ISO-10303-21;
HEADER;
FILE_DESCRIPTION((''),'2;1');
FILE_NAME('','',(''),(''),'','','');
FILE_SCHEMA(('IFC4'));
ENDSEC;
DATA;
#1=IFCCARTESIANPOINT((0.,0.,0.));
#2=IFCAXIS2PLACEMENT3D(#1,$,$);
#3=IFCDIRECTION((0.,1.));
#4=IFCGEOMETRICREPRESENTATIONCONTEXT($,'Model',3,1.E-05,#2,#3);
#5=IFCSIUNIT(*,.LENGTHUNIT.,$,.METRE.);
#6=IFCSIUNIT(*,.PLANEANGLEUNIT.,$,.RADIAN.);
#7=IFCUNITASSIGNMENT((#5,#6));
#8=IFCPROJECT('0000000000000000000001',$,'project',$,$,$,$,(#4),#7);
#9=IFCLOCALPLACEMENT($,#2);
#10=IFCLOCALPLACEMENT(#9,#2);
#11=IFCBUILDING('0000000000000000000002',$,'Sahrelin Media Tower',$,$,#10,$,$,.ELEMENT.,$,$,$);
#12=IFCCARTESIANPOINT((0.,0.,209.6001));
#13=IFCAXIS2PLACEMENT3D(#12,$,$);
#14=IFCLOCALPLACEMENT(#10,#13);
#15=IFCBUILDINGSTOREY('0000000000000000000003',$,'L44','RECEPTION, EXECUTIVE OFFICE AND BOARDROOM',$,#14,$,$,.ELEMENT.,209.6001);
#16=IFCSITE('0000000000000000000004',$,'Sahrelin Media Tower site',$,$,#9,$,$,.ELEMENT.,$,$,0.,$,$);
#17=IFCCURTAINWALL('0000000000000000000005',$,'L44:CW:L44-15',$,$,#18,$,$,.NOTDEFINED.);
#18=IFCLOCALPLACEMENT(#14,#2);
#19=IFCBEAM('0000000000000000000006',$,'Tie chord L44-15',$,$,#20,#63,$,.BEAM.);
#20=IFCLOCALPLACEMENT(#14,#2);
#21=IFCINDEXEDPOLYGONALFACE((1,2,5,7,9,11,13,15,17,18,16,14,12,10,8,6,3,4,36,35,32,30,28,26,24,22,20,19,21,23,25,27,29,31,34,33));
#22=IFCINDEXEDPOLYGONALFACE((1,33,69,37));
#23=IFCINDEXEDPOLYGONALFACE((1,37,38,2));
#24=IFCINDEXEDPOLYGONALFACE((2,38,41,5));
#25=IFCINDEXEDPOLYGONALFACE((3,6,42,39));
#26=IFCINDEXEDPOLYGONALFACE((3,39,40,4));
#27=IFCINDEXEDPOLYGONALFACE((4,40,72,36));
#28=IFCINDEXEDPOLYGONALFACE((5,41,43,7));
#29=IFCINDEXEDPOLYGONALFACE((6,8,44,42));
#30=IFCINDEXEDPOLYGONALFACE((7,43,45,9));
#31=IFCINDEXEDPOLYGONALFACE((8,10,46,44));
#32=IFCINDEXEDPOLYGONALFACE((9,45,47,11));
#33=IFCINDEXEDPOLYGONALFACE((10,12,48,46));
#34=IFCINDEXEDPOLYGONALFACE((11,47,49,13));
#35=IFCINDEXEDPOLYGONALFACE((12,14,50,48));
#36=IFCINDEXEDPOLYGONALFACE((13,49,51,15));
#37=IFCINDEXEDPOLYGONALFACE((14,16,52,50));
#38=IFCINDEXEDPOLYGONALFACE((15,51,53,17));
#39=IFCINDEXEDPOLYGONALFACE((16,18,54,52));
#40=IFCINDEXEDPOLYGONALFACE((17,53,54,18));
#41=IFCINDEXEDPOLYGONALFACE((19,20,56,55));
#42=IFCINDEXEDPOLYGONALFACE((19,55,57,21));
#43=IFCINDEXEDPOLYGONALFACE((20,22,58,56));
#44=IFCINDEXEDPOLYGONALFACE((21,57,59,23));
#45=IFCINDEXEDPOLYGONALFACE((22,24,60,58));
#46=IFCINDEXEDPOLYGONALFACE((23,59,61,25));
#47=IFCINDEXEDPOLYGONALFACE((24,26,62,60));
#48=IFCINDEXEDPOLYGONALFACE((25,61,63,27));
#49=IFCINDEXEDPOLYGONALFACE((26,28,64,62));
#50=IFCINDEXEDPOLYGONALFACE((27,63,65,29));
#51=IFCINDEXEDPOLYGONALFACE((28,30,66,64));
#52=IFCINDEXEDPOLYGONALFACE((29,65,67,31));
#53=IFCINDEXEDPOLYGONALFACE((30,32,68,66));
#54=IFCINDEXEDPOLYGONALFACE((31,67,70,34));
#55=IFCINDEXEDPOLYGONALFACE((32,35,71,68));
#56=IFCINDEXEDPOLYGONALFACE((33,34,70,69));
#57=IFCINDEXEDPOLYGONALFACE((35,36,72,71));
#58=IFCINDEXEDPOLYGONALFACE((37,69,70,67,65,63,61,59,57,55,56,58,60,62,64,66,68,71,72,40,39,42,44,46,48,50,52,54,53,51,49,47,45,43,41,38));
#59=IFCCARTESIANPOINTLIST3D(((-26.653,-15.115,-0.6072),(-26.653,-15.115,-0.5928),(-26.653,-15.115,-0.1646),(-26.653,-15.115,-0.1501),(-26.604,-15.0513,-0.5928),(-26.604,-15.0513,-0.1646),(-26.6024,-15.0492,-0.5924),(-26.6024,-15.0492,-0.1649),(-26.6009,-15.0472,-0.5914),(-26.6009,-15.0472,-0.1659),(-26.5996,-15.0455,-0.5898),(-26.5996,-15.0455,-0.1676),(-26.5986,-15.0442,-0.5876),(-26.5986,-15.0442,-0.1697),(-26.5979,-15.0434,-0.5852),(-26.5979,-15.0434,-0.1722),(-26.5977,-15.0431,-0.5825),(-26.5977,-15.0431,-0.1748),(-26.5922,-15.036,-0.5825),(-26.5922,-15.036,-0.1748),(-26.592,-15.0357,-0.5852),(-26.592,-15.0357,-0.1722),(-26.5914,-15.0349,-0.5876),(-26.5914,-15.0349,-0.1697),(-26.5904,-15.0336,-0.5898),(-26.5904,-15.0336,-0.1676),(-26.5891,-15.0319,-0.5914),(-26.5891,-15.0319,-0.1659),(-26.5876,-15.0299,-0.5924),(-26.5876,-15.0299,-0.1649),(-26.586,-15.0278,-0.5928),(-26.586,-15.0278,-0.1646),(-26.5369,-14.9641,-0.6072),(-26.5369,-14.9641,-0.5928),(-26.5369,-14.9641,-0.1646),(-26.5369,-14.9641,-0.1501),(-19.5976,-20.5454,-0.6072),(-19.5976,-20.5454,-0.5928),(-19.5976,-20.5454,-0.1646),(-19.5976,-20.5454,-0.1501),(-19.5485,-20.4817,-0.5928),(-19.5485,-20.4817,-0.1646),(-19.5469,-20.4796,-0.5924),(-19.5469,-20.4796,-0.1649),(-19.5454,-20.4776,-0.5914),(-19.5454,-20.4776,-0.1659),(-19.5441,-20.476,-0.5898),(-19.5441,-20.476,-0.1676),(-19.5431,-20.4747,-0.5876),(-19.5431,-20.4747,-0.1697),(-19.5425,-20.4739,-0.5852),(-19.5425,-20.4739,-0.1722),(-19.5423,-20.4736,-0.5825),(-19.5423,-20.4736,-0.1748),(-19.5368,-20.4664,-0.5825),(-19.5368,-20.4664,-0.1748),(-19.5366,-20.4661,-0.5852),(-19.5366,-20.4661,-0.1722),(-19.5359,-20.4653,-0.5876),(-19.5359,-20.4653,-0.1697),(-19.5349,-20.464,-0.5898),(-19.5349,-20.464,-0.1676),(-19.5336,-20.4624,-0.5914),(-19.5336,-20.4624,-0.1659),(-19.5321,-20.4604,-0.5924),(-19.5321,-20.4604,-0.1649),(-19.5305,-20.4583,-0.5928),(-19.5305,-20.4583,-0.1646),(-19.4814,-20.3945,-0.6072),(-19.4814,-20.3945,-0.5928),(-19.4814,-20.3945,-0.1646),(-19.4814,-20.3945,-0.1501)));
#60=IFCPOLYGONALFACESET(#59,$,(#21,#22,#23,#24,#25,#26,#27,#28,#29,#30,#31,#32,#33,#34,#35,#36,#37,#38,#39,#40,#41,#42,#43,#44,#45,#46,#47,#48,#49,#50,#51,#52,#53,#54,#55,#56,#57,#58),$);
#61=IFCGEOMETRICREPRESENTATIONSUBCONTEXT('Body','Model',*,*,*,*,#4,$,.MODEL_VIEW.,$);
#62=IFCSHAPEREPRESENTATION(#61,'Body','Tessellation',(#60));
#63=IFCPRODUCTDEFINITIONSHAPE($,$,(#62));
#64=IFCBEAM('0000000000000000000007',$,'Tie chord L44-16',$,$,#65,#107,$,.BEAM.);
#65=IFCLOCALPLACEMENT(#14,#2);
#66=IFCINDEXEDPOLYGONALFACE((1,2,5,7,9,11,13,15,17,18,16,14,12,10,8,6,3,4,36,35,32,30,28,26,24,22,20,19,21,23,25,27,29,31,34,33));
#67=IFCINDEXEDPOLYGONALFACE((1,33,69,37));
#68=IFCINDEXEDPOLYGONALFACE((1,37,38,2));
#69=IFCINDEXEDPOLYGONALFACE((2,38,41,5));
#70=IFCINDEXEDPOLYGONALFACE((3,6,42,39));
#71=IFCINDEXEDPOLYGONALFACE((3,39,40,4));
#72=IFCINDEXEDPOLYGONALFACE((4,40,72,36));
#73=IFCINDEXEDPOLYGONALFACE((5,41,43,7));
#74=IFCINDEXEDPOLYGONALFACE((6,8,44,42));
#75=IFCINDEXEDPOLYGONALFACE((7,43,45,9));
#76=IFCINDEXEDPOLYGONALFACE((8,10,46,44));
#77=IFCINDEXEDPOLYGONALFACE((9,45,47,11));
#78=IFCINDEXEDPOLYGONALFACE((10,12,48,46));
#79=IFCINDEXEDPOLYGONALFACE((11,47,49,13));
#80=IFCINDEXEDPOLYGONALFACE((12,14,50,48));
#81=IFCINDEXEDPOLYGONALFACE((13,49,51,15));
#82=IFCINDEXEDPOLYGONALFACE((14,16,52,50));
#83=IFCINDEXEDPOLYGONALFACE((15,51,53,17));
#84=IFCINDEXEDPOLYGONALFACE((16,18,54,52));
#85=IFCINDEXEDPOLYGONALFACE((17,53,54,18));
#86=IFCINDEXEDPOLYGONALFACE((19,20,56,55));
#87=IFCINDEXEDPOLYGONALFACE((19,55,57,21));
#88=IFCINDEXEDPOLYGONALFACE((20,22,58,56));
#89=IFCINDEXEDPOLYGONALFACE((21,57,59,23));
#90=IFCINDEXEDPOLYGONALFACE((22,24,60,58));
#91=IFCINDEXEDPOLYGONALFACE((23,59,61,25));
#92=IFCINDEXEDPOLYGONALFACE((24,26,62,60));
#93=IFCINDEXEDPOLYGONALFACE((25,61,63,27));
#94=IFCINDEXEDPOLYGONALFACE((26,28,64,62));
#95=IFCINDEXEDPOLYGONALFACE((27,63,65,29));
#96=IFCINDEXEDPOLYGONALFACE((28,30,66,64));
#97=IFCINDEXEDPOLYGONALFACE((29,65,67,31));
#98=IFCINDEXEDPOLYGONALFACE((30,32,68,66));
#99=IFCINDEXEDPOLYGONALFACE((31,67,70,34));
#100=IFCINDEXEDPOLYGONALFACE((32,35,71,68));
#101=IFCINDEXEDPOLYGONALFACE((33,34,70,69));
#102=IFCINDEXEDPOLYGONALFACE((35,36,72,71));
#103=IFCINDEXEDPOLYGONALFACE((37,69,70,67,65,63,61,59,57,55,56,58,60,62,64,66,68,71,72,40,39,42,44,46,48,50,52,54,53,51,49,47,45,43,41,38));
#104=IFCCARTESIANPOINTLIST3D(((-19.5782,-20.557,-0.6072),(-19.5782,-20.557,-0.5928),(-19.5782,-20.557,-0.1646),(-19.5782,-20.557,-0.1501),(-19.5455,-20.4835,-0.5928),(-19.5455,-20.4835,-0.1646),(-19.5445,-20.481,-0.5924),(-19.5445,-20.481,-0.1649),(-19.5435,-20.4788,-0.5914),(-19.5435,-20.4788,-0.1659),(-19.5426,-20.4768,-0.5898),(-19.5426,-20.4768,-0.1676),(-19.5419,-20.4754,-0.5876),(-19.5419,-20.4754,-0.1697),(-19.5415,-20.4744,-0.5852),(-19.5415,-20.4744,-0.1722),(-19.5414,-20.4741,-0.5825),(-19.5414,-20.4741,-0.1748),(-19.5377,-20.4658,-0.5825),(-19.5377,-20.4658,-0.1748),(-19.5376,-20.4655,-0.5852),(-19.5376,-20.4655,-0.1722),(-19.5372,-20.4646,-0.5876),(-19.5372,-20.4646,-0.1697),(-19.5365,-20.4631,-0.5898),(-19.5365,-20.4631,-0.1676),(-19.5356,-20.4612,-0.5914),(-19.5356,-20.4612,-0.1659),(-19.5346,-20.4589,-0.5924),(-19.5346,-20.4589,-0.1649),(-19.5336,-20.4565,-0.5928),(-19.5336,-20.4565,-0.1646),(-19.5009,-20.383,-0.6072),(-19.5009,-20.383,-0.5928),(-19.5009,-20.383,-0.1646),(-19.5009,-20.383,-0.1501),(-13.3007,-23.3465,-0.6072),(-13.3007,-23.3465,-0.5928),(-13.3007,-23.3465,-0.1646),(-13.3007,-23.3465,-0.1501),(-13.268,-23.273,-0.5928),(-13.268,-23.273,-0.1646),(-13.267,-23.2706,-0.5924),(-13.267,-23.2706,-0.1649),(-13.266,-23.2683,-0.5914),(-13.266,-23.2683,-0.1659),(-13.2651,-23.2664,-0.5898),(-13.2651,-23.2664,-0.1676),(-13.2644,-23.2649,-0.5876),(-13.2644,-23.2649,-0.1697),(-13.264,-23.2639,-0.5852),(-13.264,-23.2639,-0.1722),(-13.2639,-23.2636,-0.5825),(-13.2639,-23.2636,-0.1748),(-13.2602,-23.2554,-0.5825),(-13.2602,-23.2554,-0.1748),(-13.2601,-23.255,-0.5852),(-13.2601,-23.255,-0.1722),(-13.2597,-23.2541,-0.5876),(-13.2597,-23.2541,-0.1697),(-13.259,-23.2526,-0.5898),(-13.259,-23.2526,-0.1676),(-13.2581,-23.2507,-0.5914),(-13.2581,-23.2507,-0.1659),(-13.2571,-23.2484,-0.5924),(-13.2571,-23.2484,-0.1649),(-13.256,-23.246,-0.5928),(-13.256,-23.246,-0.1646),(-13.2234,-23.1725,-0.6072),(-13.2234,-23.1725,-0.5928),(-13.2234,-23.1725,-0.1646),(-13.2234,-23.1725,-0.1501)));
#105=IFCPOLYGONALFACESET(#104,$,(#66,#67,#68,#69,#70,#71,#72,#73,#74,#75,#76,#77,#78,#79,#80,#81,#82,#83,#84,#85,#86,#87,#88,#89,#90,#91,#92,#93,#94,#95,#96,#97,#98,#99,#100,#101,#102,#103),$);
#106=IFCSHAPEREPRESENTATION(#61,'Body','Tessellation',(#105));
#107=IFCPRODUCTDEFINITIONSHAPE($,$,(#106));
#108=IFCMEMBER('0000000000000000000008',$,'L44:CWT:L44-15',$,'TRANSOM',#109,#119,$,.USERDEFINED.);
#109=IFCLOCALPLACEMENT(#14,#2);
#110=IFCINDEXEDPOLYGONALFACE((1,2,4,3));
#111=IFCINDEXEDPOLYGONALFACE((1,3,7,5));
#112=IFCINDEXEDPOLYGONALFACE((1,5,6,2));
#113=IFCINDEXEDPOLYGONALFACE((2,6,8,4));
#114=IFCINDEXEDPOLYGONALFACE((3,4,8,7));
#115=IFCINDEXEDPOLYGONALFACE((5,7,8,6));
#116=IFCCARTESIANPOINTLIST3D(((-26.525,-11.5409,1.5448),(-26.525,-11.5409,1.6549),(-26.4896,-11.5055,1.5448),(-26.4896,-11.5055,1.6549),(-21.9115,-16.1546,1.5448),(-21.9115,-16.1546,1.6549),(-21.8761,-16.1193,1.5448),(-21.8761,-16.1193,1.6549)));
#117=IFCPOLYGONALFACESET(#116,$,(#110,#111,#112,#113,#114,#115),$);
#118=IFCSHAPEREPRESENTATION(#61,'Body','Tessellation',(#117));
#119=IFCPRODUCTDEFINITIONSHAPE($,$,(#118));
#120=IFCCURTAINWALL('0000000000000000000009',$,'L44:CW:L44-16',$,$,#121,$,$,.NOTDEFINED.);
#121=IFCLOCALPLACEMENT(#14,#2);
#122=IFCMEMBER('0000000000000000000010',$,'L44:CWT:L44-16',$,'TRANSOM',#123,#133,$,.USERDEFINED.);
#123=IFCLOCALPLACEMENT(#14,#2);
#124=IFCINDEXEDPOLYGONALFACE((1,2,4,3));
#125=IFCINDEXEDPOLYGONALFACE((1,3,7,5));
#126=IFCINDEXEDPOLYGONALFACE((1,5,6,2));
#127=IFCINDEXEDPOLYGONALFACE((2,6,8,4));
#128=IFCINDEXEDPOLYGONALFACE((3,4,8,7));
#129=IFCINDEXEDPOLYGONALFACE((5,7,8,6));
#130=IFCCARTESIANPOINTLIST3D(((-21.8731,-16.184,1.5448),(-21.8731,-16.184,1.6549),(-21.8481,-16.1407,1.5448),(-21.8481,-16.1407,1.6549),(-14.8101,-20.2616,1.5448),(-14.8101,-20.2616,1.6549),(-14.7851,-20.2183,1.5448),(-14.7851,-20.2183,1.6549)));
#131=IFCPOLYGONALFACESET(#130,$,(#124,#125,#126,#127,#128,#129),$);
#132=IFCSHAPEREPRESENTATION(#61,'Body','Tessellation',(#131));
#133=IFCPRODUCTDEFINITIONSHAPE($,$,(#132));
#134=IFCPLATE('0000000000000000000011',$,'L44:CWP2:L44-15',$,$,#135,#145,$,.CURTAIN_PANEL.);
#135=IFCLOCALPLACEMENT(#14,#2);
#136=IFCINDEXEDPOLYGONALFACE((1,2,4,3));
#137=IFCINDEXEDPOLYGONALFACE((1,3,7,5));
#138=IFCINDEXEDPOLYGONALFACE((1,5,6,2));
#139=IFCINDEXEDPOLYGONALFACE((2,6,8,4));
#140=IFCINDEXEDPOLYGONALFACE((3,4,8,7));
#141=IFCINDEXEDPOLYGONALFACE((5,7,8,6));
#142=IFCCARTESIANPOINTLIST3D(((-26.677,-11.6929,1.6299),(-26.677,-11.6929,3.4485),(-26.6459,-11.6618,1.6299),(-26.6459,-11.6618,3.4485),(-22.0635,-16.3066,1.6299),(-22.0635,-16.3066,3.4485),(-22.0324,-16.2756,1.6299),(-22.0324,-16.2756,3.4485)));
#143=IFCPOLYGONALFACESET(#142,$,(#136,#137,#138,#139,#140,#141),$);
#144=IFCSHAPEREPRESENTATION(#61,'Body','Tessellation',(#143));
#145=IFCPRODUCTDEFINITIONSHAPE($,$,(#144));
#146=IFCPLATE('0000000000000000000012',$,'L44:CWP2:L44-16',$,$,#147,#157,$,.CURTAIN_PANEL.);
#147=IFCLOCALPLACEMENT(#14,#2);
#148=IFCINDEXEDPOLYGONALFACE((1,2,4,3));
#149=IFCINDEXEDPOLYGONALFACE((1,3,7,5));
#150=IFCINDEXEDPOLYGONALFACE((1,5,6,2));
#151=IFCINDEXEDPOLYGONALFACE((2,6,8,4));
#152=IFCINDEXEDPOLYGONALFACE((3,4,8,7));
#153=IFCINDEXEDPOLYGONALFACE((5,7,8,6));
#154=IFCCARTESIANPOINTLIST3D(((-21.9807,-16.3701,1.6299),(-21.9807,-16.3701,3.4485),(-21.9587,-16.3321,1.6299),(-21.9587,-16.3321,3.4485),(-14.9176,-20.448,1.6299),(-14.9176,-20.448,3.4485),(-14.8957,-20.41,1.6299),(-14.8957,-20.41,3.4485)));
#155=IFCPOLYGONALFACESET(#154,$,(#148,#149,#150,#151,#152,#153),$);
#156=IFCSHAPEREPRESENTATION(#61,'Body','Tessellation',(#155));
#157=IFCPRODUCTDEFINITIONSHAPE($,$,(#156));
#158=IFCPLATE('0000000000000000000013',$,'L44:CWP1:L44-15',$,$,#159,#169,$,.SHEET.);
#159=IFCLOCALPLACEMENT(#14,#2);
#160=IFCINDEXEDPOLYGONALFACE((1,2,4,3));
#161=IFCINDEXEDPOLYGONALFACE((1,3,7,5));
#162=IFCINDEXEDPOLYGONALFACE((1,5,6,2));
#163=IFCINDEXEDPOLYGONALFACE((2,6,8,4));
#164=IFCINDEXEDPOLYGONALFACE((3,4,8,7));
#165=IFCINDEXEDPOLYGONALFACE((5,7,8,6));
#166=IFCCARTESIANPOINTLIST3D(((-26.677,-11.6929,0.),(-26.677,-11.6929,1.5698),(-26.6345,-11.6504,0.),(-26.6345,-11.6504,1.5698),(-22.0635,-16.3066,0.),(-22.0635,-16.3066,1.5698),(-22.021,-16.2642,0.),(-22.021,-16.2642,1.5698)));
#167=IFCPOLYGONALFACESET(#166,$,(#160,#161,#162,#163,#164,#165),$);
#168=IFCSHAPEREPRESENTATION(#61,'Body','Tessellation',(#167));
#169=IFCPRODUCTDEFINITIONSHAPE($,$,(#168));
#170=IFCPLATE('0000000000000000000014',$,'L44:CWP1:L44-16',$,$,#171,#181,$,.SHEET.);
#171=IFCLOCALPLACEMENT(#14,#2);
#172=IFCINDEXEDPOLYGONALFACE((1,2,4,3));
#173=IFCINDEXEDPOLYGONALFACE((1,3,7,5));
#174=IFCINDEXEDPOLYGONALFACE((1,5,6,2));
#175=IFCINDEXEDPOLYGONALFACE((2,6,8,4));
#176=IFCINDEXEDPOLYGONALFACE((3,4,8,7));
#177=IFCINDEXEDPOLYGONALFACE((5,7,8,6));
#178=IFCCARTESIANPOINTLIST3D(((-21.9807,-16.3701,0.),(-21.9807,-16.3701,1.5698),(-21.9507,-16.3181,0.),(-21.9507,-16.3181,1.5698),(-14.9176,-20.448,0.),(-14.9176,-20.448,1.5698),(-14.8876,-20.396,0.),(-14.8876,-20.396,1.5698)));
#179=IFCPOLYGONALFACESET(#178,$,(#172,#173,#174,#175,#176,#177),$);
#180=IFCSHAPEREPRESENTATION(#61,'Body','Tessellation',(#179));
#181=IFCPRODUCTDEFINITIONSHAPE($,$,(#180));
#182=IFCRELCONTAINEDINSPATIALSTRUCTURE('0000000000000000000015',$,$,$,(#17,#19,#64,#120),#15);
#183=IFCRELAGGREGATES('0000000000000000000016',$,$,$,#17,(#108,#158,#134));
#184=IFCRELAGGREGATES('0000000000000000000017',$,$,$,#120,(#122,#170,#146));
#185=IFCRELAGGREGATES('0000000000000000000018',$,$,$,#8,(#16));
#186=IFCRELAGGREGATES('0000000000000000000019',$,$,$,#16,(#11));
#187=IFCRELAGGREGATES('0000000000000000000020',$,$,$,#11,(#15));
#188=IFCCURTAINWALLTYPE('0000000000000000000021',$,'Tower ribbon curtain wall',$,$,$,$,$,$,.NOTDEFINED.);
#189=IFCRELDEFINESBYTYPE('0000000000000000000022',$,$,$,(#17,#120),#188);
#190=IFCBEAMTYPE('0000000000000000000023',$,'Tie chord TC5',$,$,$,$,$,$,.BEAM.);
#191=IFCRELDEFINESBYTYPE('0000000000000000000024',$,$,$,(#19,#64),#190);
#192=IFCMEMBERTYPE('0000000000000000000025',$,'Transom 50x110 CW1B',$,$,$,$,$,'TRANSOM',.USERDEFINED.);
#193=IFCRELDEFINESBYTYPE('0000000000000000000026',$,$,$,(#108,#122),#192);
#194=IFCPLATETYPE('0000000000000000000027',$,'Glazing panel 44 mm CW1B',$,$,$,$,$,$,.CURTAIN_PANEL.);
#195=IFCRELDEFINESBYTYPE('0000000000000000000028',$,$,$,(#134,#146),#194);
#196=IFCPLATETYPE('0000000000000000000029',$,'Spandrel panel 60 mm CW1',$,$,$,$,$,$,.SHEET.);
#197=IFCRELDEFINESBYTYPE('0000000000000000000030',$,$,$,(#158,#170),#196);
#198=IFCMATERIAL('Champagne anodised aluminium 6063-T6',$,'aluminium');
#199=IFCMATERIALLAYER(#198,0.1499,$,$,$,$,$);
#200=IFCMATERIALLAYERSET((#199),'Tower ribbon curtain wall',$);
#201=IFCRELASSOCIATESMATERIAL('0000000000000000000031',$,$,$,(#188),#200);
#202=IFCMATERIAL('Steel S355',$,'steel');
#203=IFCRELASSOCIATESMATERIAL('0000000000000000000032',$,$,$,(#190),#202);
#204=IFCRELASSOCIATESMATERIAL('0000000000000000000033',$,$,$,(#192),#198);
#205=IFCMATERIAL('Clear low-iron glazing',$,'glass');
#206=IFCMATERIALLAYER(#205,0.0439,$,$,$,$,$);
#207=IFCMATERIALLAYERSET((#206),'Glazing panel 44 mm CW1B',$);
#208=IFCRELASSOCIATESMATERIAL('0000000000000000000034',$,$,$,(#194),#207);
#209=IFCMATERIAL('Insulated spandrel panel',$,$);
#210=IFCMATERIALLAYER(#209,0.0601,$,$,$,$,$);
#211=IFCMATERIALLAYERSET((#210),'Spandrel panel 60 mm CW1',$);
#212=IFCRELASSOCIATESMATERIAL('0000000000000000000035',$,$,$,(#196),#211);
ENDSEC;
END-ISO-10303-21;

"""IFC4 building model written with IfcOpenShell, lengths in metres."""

from ifc_helpers import new_model, si_unit, direction, frame, origin, origin_2d, place, context, subcontext, project, spatial, polyline, rectangle, i_section, outline, extrude, material, layer, layer_set, material_profile, profile_set, type_object, element, aggregate, save


model = new_model("IFC4")

# Units and contexts
model_context = context("Model", 3, precision=1e-05, world=origin(), true_north=direction((0.0, 1.0)))
body_context = subcontext(model_context, "Body", "Model", "MODEL_VIEW")
ifc_project = project(units=[si_unit("LENGTHUNIT", "METRE"), si_unit("PLANEANGLEUNIT", "RADIAN")], contexts=[model_context])

# Site, building, storey
site_placement = place(None, origin())
site = spatial("IfcSite", under=ifc_project, at=site_placement, Name="Sahrelin Media Tower site", CompositionType="ELEMENT", RefElevation=0.0)
building_placement = place(site_placement, origin())
building = spatial("IfcBuilding", under=site, at=building_placement, Name="Sahrelin Media Tower", CompositionType="ELEMENT")
storey_placement = place(building_placement, frame((0.0, 0.0, 209.6001)))
storey = spatial("IfcBuildingStorey", under=building, at=storey_placement, Name="L44", Description="RECEPTION, EXECUTIVE OFFICE AND BOARDROOM", CompositionType="ELEMENT", Elevation=209.6001)

# Shared definitions
ifc_material_1 = material(Name="Steel S355", Category="steel")

# Curtain wall
ifc_material_2 = material(Name="Champagne anodised aluminium 6063-T6", Category="aluminium")
ifc_layer_1 = layer(ifc_material_2, 0.1499)
ifc_layer_set_1 = layer_set([ifc_layer_1], Name="Tower ribbon curtain wall")
curtain_wall_type = type_object("IfcCurtainWallType", Name="Tower ribbon curtain wall", PredefinedType="NOTDEFINED", material=ifc_layer_set_1)
curtain_wall_1_placement = place(storey_placement, frame((-24.3562, -13.9856, 0.0), z_axis=(0.0, 0.0, 1.0), x_axis=(1.0, 0.0, 0.0)))
curtain_wall_1 = element("IfcCurtainWall", 1, at=curtain_wall_1_placement, inside=storey, type_object=curtain_wall_type, Name="L44:CW:L44-15", PredefinedType="NOTDEFINED")

# Beams
ifc_material_profile_1 = material_profile(ifc_material_1, i_section(OverallWidth=0.1904, OverallDepth=0.457, WebThickness=0.009, FlangeThickness=0.0144, FilletRadius=0.0103, at=origin_2d()), Name="UB 457x191x74")
ifc_profile_set_1 = profile_set([ifc_material_profile_1], Name="Steel S355")
beam_type_1 = type_object("IfcBeamType", Name="Tie chord TC5", PredefinedType="BEAM", material=ifc_profile_set_1)
beam_1_placement = place(storey_placement, frame((-26.595, -15.0396, -0.3787), z_axis=(0.792452, -0.609935, 0.0), x_axis=(0.609935, 0.792452, 0.0)))
element("IfcBeam", 2, at=beam_1_placement, inside=storey, type_object=beam_type_1, Name="Tie chord L44-15", PredefinedType="BEAM", context=body_context, shape_type="SweptSolid", body=[
    extrude(i_section(OverallWidth=0.1904, OverallDepth=0.457, WebThickness=0.009, FlangeThickness=0.0144, FilletRadius=0.0103, at=origin_2d()), origin(), (0.0, 0.0, 1.0), 8.9033),
])
beam_2_placement = place(storey_placement, frame((-19.5396, -20.47, -0.3787), z_axis=(0.913838, -0.406079, 0.0), x_axis=(0.406079, 0.913838, 0.0)))
element("IfcBeam", 3, at=beam_2_placement, inside=storey, type_object=beam_type_1, Name="Tie chord L44-16", PredefinedType="BEAM", context=body_context, shape_type="SweptSolid", body=[
    extrude(i_section(OverallWidth=0.1904, OverallDepth=0.457, WebThickness=0.009, FlangeThickness=0.0144, FilletRadius=0.0103, at=origin_2d()), origin(), (0.0, 0.0, 1.0), 6.8694),
])

# Member
ifc_material_profile_2 = material_profile(ifc_material_2, rectangle(XDim=0.05, YDim=0.1101, at=origin_2d()), Name="Transom 50x110")
ifc_profile_set_2 = profile_set([ifc_material_profile_2], Name="Champagne anodised aluminium 6063-T6")
member_type_1 = type_object("IfcMemberType", Name="Transom 50x110 CW1B", ElementType="TRANSOM", PredefinedType="USERDEFINED", material=ifc_profile_set_2)
member_1_placement = place(storey_placement, frame((-26.5073, -11.5232, 1.5999), z_axis=(0.707088, -0.707125, 0.0), x_axis=(0.707125, 0.707088, 0.0)))
member_1 = element("IfcMember", 4, at=member_1_placement, type_object=member_type_1, Name="L44:CWT:L44-15", ObjectType="TRANSOM", PredefinedType="USERDEFINED", context=body_context, shape_type="SweptSolid", body=[
    extrude(rectangle(XDim=0.05, YDim=0.1101, at=origin_2d()), origin(), (0.0, 0.0, 1.0), 6.5247),
])

# Curtain wall, member
curtain_wall_2_placement = place(storey_placement, frame((-18.4392, -18.3916, 0.0), z_axis=(0.0, 0.0, 1.0), x_axis=(1.0, 0.0, 0.0)))
curtain_wall_2 = element("IfcCurtainWall", 5, at=curtain_wall_2_placement, inside=storey, type_object=curtain_wall_type, Name="L44:CW:L44-16", PredefinedType="NOTDEFINED")
member_2_placement = place(storey_placement, frame((-21.8606, -16.1624, 1.5999), z_axis=(0.866035, -0.499983, 0.0), x_axis=(0.499983, 0.866035, 0.0)))
member_2 = element("IfcMember", 6, at=member_2_placement, type_object=member_type_1, Name="L44:CWT:L44-16", ObjectType="TRANSOM", PredefinedType="USERDEFINED", context=body_context, shape_type="SweptSolid", body=[
    extrude(rectangle(XDim=0.05, YDim=0.1101, at=origin_2d()), origin(), (0.0, 0.0, 1.0), 8.1555),
])

# Plates
ifc_material_3 = material(Name="Clear low-iron glazing", Category="glass")
ifc_layer_2 = layer(ifc_material_3, 0.0439)
ifc_layer_set_2 = layer_set([ifc_layer_2], Name="Glazing panel 44 mm CW1B")
plate_type_1 = type_object("IfcPlateType", Name="Glazing panel 44 mm CW1B", PredefinedType="CURTAIN_PANEL", material=ifc_layer_set_2)
plate_1_placement = place(storey_placement, frame((-26.677, -11.6929, 1.6299), z_axis=(-0.707125, -0.707088, 0.0), x_axis=(0.707088, -0.707125, 0.0)))
plate_1 = element("IfcPlate", 7, at=plate_1_placement, type_object=plate_type_1, Name="L44:CWP2:L44-15", PredefinedType="CURTAIN_PANEL", context=body_context, shape_type="SweptSolid", body=[
    extrude(outline(polyline([(0.0, 0.0), (6.5247, 0.0), (6.5247, 1.8186), (0.0, 1.8186), (0.0, 0.0)])), origin(), (0.0, 0.0, -1.0), 0.0439),
])
plate_2_placement = place(storey_placement, frame((-21.9807, -16.3701, 1.6299), z_axis=(-0.500006, -0.866022, 0.0), x_axis=(0.866022, -0.500006, 0.0)))
plate_2 = element("IfcPlate", 8, at=plate_2_placement, type_object=plate_type_1, Name="L44:CWP2:L44-16", PredefinedType="CURTAIN_PANEL", context=body_context, shape_type="SweptSolid", body=[
    extrude(outline(polyline([(0.0, 0.0), (8.1558, 0.0), (8.1558, 1.8186), (0.0, 1.8186), (0.0, 0.0)])), origin(), (0.0, 0.0, -1.0), 0.0439),
])
ifc_material_4 = material(Name="Insulated spandrel panel")
ifc_layer_3 = layer(ifc_material_4, 0.0601)
ifc_layer_set_3 = layer_set([ifc_layer_3], Name="Spandrel panel 60 mm CW1")
plate_type_2 = type_object("IfcPlateType", Name="Spandrel panel 60 mm CW1", PredefinedType="SHEET", material=ifc_layer_set_3)
plate_3_placement = place(storey_placement, frame((-26.677, -11.6929, 0.0), z_axis=(-0.707125, -0.707088, 0.0), x_axis=(0.707088, -0.707125, 0.0)))
plate_3 = element("IfcPlate", 9, at=plate_3_placement, type_object=plate_type_2, Name="L44:CWP1:L44-15", PredefinedType="SHEET", context=body_context, shape_type="SweptSolid", body=[
    extrude(outline(polyline([(0.0, 0.0), (6.5247, 0.0), (6.5247, 1.5698), (0.0, 1.5698), (0.0, 0.0)])), origin(), (0.0, 0.0, -1.0), 0.0601),
])
aggregate(curtain_wall_1, [member_1, plate_3, plate_1])
plate_4_placement = place(storey_placement, frame((-21.9807, -16.3701, 0.0), z_axis=(-0.500006, -0.866022, 0.0), x_axis=(0.866022, -0.500006, 0.0)))
plate_4 = element("IfcPlate", 10, at=plate_4_placement, type_object=plate_type_2, Name="L44:CWP1:L44-16", PredefinedType="SHEET", context=body_context, shape_type="SweptSolid", body=[
    extrude(outline(polyline([(0.0, 0.0), (8.1558, 0.0), (8.1558, 1.5698), (0.0, 1.5698), (0.0, 0.0)])), origin(), (0.0, 0.0, -1.0), 0.0601),
])
aggregate(curtain_wall_2, [member_2, plate_4, plate_2])

save(model, "model.ifc")
